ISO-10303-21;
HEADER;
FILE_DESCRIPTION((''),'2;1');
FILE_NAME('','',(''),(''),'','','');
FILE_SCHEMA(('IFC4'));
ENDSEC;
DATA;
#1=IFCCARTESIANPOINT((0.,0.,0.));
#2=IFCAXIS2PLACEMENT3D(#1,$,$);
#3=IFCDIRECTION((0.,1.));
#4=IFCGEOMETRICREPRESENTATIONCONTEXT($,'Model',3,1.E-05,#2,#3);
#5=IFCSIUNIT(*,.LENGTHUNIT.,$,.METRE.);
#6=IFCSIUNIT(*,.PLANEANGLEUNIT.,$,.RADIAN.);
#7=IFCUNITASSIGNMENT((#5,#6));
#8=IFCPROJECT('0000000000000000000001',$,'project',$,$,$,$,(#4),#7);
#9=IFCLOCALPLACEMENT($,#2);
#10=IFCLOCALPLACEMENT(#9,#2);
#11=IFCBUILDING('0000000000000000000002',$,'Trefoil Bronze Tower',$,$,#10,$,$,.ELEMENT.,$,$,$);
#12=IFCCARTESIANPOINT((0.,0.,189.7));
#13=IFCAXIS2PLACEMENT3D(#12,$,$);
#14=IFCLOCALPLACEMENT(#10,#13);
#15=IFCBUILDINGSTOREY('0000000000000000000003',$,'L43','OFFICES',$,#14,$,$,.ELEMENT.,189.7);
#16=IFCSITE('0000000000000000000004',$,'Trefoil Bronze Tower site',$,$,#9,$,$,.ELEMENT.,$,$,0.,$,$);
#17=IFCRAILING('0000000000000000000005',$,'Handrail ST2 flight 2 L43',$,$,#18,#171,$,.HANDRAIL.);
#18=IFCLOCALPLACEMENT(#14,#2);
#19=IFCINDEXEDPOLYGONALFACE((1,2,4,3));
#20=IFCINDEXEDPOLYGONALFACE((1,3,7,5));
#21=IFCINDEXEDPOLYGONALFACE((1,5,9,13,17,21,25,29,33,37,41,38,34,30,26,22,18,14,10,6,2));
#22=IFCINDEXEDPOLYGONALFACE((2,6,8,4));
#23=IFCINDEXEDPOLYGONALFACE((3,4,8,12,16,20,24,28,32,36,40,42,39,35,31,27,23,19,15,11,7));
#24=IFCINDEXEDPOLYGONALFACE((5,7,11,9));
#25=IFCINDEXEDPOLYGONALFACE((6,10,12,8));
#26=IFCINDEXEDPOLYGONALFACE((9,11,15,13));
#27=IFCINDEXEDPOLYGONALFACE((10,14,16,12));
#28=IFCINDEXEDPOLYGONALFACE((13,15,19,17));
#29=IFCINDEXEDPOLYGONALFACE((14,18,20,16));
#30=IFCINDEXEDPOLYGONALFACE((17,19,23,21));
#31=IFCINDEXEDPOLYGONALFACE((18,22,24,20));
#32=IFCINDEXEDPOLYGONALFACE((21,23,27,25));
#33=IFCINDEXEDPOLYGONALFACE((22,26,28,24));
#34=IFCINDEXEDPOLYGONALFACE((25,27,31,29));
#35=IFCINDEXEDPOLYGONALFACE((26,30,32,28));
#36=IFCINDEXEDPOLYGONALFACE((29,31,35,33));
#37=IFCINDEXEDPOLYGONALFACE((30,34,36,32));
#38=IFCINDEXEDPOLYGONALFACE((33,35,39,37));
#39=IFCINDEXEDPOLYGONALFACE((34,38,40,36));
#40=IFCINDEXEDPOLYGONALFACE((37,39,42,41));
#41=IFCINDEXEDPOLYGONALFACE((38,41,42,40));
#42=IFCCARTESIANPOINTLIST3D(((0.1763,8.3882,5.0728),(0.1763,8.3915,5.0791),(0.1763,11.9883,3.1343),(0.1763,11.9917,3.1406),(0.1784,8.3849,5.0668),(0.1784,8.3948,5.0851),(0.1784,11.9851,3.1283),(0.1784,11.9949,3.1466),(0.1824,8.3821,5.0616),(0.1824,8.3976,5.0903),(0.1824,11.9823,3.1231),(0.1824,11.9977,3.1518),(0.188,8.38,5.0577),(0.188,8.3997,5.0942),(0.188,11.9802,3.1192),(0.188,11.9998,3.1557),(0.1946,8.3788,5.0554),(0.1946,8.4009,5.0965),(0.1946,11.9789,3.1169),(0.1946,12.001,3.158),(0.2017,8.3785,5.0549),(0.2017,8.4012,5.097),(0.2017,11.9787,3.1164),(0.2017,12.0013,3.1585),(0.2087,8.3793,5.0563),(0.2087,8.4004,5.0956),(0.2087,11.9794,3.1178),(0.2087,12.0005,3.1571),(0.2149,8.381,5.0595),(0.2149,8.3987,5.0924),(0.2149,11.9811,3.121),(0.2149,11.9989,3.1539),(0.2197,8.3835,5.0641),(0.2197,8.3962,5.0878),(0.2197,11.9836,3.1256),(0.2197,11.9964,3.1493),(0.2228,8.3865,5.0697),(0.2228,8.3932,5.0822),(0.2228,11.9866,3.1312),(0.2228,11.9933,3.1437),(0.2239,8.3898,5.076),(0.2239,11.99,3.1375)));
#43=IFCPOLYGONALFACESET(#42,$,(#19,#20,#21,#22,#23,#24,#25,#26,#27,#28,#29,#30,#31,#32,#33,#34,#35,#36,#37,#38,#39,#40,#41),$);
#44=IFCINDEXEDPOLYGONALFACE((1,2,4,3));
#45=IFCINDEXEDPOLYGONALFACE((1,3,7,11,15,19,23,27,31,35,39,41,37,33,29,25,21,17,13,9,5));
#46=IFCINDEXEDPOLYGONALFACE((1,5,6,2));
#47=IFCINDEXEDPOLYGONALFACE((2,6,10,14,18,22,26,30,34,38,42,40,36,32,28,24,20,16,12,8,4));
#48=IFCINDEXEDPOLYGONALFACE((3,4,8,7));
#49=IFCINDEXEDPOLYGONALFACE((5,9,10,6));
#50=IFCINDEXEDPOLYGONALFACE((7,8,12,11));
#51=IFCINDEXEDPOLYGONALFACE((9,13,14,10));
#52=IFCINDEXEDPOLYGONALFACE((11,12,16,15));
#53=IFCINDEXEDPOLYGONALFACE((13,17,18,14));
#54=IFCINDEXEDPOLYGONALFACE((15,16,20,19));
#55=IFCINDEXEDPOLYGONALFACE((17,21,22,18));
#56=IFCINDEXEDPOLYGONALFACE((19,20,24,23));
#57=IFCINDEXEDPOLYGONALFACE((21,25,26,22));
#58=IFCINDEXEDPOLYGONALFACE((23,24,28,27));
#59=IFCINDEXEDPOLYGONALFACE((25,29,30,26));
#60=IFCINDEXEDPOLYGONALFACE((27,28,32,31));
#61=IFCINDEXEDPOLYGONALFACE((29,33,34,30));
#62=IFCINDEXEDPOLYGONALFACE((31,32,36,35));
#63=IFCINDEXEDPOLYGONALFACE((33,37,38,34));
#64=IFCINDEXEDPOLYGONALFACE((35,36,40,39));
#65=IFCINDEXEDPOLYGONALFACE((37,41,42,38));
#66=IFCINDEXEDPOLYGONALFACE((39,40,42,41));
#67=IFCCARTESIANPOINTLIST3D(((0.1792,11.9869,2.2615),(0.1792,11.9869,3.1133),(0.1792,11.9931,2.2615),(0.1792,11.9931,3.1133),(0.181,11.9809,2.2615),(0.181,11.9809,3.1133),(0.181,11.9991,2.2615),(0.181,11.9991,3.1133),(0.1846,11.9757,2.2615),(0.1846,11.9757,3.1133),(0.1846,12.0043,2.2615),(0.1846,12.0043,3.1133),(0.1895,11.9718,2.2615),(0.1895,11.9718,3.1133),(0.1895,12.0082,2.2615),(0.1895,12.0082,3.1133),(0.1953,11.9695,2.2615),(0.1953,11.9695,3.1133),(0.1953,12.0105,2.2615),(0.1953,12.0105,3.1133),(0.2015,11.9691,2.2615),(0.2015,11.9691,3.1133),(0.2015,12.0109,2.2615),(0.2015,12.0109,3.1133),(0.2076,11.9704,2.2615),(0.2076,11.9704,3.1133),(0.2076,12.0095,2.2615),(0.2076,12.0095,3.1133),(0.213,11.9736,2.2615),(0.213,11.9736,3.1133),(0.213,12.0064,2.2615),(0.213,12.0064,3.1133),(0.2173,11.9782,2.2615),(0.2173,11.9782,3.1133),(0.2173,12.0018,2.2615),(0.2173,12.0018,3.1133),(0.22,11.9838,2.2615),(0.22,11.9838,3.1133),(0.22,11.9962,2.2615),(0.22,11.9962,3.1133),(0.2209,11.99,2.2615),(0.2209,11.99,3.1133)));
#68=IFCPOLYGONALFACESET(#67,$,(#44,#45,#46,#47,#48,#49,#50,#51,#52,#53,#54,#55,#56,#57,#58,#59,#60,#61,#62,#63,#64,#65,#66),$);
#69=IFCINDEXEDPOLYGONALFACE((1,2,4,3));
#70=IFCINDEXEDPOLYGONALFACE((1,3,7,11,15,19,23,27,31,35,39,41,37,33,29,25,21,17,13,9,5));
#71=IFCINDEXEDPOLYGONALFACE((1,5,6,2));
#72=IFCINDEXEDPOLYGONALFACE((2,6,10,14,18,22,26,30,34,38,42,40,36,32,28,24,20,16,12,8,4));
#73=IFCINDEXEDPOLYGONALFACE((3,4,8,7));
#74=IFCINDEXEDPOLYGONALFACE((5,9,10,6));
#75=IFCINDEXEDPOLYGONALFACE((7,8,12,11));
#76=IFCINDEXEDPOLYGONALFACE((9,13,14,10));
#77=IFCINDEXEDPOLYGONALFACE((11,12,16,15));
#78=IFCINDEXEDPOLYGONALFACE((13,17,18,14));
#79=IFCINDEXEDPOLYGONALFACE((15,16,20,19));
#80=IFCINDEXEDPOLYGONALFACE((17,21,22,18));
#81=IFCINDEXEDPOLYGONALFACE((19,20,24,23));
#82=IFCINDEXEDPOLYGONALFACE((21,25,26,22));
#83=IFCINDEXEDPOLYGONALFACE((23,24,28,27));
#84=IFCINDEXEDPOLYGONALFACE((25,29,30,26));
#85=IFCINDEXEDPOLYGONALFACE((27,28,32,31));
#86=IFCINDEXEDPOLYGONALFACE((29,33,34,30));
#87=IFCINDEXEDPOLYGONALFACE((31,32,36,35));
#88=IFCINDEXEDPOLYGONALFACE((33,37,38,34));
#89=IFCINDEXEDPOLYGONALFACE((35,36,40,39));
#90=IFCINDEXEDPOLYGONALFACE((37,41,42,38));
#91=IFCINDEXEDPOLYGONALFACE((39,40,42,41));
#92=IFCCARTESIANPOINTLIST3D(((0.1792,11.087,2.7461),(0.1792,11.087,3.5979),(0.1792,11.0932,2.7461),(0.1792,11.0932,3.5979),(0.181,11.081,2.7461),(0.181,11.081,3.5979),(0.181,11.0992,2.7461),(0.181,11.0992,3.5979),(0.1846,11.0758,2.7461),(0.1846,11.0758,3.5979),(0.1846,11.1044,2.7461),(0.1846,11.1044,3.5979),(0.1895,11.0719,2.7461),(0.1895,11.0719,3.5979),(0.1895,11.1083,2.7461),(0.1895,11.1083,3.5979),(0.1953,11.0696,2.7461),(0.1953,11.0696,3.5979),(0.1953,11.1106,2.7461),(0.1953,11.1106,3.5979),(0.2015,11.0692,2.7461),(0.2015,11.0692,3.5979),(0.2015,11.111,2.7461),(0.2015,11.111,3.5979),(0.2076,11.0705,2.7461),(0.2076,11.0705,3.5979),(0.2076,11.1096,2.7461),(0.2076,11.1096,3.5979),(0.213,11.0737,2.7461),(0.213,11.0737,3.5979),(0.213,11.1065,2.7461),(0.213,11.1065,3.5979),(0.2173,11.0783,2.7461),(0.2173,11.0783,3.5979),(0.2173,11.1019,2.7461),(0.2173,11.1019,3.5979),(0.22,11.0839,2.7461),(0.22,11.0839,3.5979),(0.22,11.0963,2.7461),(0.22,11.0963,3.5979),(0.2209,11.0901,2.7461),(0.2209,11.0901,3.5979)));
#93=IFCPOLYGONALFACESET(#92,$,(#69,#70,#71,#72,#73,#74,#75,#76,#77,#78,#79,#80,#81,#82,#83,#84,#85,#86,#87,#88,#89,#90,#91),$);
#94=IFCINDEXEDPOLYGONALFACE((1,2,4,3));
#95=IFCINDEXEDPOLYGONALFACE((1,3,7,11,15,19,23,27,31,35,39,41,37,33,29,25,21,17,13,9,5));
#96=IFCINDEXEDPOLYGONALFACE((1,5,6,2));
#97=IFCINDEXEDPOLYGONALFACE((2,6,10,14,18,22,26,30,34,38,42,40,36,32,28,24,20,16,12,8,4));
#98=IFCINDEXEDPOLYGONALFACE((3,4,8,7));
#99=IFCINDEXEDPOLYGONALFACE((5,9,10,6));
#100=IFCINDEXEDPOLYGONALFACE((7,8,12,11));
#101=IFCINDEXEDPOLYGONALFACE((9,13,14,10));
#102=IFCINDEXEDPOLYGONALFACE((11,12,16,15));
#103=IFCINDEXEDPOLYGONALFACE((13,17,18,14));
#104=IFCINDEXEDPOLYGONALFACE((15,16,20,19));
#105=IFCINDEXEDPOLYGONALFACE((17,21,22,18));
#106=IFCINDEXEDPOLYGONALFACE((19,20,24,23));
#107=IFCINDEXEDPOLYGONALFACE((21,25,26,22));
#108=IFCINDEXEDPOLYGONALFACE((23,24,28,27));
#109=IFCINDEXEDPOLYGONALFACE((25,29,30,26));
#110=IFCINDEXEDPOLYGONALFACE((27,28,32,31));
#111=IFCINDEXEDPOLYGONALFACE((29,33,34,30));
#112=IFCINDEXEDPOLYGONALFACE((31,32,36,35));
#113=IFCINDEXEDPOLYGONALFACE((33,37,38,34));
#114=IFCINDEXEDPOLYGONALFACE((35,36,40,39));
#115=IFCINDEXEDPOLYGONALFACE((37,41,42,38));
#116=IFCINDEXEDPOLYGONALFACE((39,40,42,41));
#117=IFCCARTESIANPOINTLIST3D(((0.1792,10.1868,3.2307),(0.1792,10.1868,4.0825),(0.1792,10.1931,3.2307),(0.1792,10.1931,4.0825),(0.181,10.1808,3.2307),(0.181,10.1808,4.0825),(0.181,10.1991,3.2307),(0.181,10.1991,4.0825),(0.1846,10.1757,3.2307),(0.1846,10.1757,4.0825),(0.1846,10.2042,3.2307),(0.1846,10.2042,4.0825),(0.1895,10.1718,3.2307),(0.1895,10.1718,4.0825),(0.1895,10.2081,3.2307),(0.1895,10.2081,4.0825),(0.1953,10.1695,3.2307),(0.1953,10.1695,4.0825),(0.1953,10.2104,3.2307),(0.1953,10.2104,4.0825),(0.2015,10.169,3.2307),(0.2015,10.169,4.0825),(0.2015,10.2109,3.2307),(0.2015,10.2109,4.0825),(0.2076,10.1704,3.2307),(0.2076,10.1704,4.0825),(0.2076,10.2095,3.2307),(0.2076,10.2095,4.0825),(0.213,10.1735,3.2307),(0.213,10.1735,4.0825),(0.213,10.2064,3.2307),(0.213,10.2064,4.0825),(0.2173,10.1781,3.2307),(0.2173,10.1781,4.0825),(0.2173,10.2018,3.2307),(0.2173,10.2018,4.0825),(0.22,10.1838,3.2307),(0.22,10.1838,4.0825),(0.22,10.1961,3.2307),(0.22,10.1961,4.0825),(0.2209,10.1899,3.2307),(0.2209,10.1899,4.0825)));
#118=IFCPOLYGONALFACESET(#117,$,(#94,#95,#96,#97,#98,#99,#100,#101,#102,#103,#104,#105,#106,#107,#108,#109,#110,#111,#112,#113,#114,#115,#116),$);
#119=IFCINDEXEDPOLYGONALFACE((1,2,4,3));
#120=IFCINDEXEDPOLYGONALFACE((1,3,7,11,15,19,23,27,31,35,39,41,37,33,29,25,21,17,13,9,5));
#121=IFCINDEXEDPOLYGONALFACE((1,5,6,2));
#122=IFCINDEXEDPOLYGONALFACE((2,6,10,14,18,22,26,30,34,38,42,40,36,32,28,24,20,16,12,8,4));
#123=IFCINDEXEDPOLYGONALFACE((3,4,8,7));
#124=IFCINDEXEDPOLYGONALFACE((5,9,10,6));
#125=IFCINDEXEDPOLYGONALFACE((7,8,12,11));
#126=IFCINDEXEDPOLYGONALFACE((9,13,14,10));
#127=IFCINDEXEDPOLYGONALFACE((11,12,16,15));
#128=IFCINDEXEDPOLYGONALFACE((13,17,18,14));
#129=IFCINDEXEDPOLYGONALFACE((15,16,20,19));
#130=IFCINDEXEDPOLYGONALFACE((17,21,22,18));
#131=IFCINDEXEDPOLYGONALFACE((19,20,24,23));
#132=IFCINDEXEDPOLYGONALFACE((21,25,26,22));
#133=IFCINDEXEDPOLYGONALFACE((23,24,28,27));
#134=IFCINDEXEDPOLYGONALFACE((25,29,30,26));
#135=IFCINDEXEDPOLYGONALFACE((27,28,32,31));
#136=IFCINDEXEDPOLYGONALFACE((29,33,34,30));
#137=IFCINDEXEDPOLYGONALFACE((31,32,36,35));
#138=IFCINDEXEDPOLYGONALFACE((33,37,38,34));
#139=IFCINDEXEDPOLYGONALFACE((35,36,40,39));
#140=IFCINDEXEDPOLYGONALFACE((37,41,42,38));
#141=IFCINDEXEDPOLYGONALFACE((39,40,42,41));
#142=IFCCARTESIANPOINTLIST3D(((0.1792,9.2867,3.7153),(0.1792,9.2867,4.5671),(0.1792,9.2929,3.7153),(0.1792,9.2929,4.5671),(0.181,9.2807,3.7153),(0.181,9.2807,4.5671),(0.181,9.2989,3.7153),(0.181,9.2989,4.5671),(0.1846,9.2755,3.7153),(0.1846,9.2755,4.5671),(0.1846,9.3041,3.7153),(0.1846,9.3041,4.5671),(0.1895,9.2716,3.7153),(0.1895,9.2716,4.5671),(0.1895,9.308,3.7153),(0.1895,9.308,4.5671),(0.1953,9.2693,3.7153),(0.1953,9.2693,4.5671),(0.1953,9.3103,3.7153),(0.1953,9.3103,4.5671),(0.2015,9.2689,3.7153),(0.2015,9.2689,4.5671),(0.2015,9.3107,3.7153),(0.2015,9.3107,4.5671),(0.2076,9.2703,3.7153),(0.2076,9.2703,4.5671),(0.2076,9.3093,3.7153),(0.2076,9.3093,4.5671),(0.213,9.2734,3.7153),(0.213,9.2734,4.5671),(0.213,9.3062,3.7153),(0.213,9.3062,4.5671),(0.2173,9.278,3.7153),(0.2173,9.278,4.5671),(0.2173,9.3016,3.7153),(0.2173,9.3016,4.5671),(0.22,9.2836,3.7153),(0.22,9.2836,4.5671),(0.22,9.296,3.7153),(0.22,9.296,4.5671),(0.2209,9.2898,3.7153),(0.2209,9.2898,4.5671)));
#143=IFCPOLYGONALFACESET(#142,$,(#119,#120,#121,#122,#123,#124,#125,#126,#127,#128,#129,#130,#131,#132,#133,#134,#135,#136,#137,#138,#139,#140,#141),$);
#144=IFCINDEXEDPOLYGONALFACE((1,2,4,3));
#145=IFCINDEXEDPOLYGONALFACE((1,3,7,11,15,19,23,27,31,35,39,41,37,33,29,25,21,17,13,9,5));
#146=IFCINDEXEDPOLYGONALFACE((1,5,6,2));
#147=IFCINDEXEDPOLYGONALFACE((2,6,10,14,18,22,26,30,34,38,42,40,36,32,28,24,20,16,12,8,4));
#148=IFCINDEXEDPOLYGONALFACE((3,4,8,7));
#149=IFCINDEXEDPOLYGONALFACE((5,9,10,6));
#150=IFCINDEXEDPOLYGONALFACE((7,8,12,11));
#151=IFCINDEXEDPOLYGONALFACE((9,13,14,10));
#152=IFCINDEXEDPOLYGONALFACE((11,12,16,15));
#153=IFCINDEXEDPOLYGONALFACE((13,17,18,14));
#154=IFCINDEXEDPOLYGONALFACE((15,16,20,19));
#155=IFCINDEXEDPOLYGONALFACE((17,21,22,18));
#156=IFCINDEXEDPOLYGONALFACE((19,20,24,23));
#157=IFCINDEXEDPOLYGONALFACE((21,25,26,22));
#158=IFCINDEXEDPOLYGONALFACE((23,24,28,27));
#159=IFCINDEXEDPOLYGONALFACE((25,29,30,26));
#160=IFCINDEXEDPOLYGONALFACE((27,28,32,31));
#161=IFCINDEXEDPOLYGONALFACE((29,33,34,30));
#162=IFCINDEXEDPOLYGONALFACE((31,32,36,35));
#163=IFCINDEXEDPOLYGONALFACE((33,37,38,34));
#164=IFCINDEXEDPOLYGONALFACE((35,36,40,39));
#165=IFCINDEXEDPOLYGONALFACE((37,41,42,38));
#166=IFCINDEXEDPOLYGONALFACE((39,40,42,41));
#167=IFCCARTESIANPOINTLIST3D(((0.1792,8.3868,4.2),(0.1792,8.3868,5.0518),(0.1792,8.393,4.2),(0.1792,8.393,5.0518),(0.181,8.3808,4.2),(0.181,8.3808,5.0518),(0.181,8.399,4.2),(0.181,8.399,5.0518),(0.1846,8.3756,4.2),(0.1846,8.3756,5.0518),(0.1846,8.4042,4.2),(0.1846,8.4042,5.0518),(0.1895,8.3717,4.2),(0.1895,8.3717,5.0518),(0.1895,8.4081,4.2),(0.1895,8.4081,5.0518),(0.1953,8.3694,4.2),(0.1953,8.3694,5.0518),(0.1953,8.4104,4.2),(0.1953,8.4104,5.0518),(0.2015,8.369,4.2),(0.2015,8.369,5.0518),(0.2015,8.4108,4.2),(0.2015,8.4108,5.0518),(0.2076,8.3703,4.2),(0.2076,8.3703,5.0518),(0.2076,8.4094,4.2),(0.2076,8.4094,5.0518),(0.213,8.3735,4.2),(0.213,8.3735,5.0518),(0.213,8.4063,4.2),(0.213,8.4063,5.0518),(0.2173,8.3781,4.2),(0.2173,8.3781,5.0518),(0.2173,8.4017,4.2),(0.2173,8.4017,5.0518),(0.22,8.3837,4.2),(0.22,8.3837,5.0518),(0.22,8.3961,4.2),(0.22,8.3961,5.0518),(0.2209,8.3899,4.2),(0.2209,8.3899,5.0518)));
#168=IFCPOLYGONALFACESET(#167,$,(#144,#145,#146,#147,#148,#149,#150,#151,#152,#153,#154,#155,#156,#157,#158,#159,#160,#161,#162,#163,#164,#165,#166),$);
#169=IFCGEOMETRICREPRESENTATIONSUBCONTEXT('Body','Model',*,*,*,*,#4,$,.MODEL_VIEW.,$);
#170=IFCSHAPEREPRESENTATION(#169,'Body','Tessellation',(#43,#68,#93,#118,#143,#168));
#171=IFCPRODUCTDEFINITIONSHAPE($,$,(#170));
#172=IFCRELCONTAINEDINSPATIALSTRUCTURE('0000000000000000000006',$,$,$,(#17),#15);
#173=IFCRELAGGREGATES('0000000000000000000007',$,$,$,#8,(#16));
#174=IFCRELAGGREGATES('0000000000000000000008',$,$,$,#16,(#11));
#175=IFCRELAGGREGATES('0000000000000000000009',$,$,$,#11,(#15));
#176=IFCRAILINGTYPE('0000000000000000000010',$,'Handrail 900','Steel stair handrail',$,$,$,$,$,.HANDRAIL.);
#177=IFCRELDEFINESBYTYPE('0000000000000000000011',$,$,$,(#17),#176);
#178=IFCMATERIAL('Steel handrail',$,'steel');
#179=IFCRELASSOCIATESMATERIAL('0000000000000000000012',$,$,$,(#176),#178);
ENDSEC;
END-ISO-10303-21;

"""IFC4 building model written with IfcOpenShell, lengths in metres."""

from ifc_helpers import new_model, si_unit, direction, frame, origin, origin_2d, place, context, subcontext, project, spatial, circle, extrude, material, type_object, element, save


model = new_model("IFC4")

# Units and contexts
model_context = context("Model", 3, precision=1e-05, world=origin(), true_north=direction((0.0, 1.0)))
body_context = subcontext(model_context, "Body", "Model", "MODEL_VIEW")
ifc_project = project(units=[si_unit("LENGTHUNIT", "METRE"), si_unit("PLANEANGLEUNIT", "RADIAN")], contexts=[model_context])

# Site, building, storey
site_placement = place(None, origin())
site = spatial("IfcSite", under=ifc_project, at=site_placement, Name="Trefoil Bronze Tower site", CompositionType="ELEMENT", RefElevation=0.0)
building_placement = place(site_placement, origin())
building = spatial("IfcBuilding", under=site, at=building_placement, Name="Trefoil Bronze Tower", CompositionType="ELEMENT")
storey_placement = place(building_placement, frame((0.0, 0.0, 189.7)))
storey = spatial("IfcBuildingStorey", under=building, at=storey_placement, Name="L43", Description="OFFICES", CompositionType="ELEMENT", Elevation=189.7)

# Railing
ifc_material_1 = material(Name="Steel handrail", Category="steel")
railing_type = type_object("IfcRailingType", Name="Handrail 900", Description="Steel stair handrail", PredefinedType="HANDRAIL", material=ifc_material_1)
railing_placement = place(storey_placement, frame((0.2, 11.99, 2.2615)))
element("IfcRailing", 1, at=railing_placement, inside=storey, type_object=railing_type, Name="Handrail ST2 flight 2 L43", PredefinedType="HANDRAIL", context=body_context, shape_type="SweptSolid", body=[
    extrude(circle(Radius=0.0239, at=origin_2d()), frame((0.0, 0.0, 0.876), z_axis=(0.0, -0.880475, 0.474093), x_axis=(1.0, 0.0, 0.0)), (0.0, 0.0, 1.0), 4.0889),
    extrude(circle(Radius=0.021, at=origin_2d()), origin(), (0.0, 0.0, 1.0), 0.8518),
    extrude(circle(Radius=0.021, at=origin_2d()), frame((0.0, -0.8999, 0.4846)), (0.0, 0.0, 1.0), 0.8518),
    extrude(circle(Radius=0.021, at=origin_2d()), frame((0.0, -1.8, 0.9692)), (0.0, 0.0, 1.0), 0.8518),
    extrude(circle(Radius=0.021, at=origin_2d()), frame((0.0, -2.7002, 1.4539)), (0.0, 0.0, 1.0), 0.8518),
    extrude(circle(Radius=0.021, at=origin_2d()), frame((0.0, -3.6001, 1.9385)), (0.0, 0.0, 1.0), 0.8518),
])

save(model, "model.ifc")
